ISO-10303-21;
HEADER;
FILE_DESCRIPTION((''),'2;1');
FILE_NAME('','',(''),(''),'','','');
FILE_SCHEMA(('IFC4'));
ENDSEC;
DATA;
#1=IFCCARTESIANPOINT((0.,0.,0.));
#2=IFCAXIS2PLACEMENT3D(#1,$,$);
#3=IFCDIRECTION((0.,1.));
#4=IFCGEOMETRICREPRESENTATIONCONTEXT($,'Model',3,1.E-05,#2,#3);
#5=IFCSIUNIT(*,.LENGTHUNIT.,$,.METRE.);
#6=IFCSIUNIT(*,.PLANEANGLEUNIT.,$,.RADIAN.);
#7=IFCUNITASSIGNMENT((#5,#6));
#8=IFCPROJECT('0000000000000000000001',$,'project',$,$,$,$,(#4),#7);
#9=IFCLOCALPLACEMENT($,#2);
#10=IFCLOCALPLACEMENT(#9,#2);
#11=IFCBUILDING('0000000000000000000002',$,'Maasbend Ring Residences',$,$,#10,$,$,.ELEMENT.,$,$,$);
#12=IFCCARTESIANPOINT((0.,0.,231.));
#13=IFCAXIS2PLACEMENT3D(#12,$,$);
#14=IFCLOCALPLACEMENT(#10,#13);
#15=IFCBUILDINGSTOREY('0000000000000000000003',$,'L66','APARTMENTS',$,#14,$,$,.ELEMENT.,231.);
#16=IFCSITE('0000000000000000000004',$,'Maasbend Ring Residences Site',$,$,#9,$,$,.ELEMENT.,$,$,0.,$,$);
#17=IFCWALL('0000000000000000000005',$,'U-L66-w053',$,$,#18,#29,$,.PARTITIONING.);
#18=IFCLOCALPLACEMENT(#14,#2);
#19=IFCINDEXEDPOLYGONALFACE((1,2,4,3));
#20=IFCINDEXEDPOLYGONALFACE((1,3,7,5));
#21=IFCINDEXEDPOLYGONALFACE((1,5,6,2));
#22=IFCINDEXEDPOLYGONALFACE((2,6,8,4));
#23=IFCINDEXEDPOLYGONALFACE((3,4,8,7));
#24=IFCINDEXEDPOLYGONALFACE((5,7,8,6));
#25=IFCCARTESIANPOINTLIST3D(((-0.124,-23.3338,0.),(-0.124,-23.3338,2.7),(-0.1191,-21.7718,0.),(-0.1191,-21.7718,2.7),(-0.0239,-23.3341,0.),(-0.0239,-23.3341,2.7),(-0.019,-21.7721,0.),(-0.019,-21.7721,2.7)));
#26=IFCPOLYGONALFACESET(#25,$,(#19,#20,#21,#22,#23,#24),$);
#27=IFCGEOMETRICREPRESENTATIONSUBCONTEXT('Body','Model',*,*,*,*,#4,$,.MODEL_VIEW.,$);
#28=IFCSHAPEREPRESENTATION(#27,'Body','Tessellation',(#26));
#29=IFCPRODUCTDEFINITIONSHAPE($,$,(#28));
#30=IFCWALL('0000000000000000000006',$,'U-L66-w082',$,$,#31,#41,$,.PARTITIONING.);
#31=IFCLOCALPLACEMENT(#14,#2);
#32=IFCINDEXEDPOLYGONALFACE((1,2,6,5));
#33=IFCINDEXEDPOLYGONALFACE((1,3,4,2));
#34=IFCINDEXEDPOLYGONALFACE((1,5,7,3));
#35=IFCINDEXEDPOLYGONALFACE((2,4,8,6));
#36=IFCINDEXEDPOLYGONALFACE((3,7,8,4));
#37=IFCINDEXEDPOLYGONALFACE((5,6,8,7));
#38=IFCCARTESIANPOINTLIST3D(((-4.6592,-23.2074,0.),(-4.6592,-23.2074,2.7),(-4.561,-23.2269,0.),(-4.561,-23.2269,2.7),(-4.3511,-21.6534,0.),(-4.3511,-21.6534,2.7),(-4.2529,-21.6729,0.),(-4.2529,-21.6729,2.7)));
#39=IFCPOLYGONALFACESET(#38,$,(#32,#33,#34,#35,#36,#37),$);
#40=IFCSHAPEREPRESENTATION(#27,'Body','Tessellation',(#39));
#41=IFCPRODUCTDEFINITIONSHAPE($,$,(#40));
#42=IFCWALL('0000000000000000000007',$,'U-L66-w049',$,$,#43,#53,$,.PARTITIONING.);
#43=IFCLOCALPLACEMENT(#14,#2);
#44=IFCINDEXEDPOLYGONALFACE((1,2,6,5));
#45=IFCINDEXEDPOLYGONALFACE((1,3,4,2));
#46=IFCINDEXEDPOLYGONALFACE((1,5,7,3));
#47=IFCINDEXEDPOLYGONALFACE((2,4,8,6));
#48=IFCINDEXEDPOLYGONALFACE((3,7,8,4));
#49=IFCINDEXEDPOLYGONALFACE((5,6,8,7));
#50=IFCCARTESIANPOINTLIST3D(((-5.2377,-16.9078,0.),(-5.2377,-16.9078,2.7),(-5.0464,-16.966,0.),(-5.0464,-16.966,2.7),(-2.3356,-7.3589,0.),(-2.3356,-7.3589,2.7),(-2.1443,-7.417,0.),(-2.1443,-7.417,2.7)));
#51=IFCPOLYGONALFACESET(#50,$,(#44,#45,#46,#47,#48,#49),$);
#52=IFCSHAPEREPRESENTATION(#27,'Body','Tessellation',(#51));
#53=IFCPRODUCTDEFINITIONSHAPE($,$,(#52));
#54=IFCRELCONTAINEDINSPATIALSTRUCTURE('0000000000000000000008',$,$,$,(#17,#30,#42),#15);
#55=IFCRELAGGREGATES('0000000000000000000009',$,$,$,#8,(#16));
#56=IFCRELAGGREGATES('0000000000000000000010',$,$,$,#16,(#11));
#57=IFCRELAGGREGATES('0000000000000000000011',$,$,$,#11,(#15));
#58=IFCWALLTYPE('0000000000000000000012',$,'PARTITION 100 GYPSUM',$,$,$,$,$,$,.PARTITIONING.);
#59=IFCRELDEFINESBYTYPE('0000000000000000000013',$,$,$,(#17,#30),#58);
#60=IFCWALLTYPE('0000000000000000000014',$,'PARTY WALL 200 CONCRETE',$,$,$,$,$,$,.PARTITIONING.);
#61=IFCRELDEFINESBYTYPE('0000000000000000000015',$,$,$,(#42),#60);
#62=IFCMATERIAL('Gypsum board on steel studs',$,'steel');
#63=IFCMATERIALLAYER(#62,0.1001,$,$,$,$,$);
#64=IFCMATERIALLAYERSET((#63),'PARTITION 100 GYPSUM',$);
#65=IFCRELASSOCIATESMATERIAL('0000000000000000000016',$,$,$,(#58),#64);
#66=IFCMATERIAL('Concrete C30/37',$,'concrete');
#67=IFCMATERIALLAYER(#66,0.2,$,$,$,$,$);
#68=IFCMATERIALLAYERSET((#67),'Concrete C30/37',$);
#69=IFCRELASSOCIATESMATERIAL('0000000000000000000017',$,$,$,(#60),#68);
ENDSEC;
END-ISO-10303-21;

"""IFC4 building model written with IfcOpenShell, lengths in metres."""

from ifc_helpers import new_model, si_unit, direction, frame, frame_2d, origin, place, context, subcontext, project, spatial, rectangle, extrude, material, layer, layer_set, type_object, element, save


model = new_model("IFC4")

# Units and contexts
model_context = context("Model", 3, precision=1e-05, world=origin(), true_north=direction((0.0, 1.0)))
body_context = subcontext(model_context, "Body", "Model", "MODEL_VIEW")
ifc_project = project(units=[si_unit("LENGTHUNIT", "METRE"), si_unit("PLANEANGLEUNIT", "RADIAN")], contexts=[model_context])

# Site, building, storey
site_placement = place(None, origin())
site = spatial("IfcSite", under=ifc_project, at=site_placement, Name="Maasbend Ring Residences Site", CompositionType="ELEMENT", RefElevation=0.0)
building_placement = place(site_placement, origin())
building = spatial("IfcBuilding", under=site, at=building_placement, Name="Maasbend Ring Residences", CompositionType="ELEMENT")
storey_placement = place(building_placement, frame((0.0, 0.0, 231.0)))
storey = spatial("IfcBuildingStorey", under=building, at=storey_placement, Name="L66", Description="APARTMENTS", CompositionType="ELEMENT", Elevation=231.0)

# Shared definitions
ifc_material_1 = material(Name="Gypsum board on steel studs", Category="steel")
ifc_layer_1 = layer(ifc_material_1, 0.1001)
ifc_layer_set_1 = layer_set([ifc_layer_1], Name="PARTITION 100 GYPSUM")
wall_type_1 = type_object("IfcWallType", Name="PARTITION 100 GYPSUM", PredefinedType="PARTITIONING", material=ifc_layer_set_1)

# Walls
wall_1_placement = place(storey_placement, frame((-0.074, -23.334, 0.0), z_axis=(0.0, 0.0, 1.0), x_axis=(0.003126, 0.999995, 0.0)))
element("IfcWall", 1, at=wall_1_placement, inside=storey, type_object=wall_type_1, Name="U-L66-w053", PredefinedType="PARTITIONING", context=body_context, shape_type="SweptSolid", body=[
    extrude(rectangle(XDim=1.562, YDim=0.1001, at=frame_2d((0.781, 0.0))), origin(), (0.0, 0.0, 1.0), 2.7),
])
wall_2_placement = place(storey_placement, frame((-4.6101, -23.217, 0.0), z_axis=(0.0, 0.0, 1.0), x_axis=(0.194486, 0.980905, 0.0)))
element("IfcWall", 2, at=wall_2_placement, inside=storey, type_object=wall_type_1, Name="U-L66-w082", PredefinedType="PARTITIONING", context=body_context, shape_type="SweptSolid", body=[
    extrude(rectangle(XDim=1.5842, YDim=0.1001, at=frame_2d((0.792, 0.0))), origin(), (0.0, 0.0, 1.0), 2.7),
])
ifc_material_2 = material(Name="Concrete C30/37", Category="concrete")
ifc_layer_2 = layer(ifc_material_2, 0.2)
ifc_layer_set_2 = layer_set([ifc_layer_2], Name="Concrete C30/37")
wall_type_2 = type_object("IfcWallType", Name="PARTY WALL 200 CONCRETE", PredefinedType="PARTITIONING", material=ifc_layer_set_2)
wall_3_placement = place(storey_placement, frame((-5.1421, -16.937, 0.0), z_axis=(0.0, 0.0, 1.0), x_axis=(0.290782, 0.956789, 0.0)))
element("IfcWall", 3, at=wall_3_placement, inside=storey, type_object=wall_type_2, Name="U-L66-w049", PredefinedType="PARTITIONING", context=body_context, shape_type="SweptSolid", body=[
    extrude(rectangle(XDim=9.9802, YDim=0.2, at=frame_2d((4.9902, 0.0))), origin(), (0.0, 0.0, 1.0), 2.7),
])

save(model, "model.ifc")
